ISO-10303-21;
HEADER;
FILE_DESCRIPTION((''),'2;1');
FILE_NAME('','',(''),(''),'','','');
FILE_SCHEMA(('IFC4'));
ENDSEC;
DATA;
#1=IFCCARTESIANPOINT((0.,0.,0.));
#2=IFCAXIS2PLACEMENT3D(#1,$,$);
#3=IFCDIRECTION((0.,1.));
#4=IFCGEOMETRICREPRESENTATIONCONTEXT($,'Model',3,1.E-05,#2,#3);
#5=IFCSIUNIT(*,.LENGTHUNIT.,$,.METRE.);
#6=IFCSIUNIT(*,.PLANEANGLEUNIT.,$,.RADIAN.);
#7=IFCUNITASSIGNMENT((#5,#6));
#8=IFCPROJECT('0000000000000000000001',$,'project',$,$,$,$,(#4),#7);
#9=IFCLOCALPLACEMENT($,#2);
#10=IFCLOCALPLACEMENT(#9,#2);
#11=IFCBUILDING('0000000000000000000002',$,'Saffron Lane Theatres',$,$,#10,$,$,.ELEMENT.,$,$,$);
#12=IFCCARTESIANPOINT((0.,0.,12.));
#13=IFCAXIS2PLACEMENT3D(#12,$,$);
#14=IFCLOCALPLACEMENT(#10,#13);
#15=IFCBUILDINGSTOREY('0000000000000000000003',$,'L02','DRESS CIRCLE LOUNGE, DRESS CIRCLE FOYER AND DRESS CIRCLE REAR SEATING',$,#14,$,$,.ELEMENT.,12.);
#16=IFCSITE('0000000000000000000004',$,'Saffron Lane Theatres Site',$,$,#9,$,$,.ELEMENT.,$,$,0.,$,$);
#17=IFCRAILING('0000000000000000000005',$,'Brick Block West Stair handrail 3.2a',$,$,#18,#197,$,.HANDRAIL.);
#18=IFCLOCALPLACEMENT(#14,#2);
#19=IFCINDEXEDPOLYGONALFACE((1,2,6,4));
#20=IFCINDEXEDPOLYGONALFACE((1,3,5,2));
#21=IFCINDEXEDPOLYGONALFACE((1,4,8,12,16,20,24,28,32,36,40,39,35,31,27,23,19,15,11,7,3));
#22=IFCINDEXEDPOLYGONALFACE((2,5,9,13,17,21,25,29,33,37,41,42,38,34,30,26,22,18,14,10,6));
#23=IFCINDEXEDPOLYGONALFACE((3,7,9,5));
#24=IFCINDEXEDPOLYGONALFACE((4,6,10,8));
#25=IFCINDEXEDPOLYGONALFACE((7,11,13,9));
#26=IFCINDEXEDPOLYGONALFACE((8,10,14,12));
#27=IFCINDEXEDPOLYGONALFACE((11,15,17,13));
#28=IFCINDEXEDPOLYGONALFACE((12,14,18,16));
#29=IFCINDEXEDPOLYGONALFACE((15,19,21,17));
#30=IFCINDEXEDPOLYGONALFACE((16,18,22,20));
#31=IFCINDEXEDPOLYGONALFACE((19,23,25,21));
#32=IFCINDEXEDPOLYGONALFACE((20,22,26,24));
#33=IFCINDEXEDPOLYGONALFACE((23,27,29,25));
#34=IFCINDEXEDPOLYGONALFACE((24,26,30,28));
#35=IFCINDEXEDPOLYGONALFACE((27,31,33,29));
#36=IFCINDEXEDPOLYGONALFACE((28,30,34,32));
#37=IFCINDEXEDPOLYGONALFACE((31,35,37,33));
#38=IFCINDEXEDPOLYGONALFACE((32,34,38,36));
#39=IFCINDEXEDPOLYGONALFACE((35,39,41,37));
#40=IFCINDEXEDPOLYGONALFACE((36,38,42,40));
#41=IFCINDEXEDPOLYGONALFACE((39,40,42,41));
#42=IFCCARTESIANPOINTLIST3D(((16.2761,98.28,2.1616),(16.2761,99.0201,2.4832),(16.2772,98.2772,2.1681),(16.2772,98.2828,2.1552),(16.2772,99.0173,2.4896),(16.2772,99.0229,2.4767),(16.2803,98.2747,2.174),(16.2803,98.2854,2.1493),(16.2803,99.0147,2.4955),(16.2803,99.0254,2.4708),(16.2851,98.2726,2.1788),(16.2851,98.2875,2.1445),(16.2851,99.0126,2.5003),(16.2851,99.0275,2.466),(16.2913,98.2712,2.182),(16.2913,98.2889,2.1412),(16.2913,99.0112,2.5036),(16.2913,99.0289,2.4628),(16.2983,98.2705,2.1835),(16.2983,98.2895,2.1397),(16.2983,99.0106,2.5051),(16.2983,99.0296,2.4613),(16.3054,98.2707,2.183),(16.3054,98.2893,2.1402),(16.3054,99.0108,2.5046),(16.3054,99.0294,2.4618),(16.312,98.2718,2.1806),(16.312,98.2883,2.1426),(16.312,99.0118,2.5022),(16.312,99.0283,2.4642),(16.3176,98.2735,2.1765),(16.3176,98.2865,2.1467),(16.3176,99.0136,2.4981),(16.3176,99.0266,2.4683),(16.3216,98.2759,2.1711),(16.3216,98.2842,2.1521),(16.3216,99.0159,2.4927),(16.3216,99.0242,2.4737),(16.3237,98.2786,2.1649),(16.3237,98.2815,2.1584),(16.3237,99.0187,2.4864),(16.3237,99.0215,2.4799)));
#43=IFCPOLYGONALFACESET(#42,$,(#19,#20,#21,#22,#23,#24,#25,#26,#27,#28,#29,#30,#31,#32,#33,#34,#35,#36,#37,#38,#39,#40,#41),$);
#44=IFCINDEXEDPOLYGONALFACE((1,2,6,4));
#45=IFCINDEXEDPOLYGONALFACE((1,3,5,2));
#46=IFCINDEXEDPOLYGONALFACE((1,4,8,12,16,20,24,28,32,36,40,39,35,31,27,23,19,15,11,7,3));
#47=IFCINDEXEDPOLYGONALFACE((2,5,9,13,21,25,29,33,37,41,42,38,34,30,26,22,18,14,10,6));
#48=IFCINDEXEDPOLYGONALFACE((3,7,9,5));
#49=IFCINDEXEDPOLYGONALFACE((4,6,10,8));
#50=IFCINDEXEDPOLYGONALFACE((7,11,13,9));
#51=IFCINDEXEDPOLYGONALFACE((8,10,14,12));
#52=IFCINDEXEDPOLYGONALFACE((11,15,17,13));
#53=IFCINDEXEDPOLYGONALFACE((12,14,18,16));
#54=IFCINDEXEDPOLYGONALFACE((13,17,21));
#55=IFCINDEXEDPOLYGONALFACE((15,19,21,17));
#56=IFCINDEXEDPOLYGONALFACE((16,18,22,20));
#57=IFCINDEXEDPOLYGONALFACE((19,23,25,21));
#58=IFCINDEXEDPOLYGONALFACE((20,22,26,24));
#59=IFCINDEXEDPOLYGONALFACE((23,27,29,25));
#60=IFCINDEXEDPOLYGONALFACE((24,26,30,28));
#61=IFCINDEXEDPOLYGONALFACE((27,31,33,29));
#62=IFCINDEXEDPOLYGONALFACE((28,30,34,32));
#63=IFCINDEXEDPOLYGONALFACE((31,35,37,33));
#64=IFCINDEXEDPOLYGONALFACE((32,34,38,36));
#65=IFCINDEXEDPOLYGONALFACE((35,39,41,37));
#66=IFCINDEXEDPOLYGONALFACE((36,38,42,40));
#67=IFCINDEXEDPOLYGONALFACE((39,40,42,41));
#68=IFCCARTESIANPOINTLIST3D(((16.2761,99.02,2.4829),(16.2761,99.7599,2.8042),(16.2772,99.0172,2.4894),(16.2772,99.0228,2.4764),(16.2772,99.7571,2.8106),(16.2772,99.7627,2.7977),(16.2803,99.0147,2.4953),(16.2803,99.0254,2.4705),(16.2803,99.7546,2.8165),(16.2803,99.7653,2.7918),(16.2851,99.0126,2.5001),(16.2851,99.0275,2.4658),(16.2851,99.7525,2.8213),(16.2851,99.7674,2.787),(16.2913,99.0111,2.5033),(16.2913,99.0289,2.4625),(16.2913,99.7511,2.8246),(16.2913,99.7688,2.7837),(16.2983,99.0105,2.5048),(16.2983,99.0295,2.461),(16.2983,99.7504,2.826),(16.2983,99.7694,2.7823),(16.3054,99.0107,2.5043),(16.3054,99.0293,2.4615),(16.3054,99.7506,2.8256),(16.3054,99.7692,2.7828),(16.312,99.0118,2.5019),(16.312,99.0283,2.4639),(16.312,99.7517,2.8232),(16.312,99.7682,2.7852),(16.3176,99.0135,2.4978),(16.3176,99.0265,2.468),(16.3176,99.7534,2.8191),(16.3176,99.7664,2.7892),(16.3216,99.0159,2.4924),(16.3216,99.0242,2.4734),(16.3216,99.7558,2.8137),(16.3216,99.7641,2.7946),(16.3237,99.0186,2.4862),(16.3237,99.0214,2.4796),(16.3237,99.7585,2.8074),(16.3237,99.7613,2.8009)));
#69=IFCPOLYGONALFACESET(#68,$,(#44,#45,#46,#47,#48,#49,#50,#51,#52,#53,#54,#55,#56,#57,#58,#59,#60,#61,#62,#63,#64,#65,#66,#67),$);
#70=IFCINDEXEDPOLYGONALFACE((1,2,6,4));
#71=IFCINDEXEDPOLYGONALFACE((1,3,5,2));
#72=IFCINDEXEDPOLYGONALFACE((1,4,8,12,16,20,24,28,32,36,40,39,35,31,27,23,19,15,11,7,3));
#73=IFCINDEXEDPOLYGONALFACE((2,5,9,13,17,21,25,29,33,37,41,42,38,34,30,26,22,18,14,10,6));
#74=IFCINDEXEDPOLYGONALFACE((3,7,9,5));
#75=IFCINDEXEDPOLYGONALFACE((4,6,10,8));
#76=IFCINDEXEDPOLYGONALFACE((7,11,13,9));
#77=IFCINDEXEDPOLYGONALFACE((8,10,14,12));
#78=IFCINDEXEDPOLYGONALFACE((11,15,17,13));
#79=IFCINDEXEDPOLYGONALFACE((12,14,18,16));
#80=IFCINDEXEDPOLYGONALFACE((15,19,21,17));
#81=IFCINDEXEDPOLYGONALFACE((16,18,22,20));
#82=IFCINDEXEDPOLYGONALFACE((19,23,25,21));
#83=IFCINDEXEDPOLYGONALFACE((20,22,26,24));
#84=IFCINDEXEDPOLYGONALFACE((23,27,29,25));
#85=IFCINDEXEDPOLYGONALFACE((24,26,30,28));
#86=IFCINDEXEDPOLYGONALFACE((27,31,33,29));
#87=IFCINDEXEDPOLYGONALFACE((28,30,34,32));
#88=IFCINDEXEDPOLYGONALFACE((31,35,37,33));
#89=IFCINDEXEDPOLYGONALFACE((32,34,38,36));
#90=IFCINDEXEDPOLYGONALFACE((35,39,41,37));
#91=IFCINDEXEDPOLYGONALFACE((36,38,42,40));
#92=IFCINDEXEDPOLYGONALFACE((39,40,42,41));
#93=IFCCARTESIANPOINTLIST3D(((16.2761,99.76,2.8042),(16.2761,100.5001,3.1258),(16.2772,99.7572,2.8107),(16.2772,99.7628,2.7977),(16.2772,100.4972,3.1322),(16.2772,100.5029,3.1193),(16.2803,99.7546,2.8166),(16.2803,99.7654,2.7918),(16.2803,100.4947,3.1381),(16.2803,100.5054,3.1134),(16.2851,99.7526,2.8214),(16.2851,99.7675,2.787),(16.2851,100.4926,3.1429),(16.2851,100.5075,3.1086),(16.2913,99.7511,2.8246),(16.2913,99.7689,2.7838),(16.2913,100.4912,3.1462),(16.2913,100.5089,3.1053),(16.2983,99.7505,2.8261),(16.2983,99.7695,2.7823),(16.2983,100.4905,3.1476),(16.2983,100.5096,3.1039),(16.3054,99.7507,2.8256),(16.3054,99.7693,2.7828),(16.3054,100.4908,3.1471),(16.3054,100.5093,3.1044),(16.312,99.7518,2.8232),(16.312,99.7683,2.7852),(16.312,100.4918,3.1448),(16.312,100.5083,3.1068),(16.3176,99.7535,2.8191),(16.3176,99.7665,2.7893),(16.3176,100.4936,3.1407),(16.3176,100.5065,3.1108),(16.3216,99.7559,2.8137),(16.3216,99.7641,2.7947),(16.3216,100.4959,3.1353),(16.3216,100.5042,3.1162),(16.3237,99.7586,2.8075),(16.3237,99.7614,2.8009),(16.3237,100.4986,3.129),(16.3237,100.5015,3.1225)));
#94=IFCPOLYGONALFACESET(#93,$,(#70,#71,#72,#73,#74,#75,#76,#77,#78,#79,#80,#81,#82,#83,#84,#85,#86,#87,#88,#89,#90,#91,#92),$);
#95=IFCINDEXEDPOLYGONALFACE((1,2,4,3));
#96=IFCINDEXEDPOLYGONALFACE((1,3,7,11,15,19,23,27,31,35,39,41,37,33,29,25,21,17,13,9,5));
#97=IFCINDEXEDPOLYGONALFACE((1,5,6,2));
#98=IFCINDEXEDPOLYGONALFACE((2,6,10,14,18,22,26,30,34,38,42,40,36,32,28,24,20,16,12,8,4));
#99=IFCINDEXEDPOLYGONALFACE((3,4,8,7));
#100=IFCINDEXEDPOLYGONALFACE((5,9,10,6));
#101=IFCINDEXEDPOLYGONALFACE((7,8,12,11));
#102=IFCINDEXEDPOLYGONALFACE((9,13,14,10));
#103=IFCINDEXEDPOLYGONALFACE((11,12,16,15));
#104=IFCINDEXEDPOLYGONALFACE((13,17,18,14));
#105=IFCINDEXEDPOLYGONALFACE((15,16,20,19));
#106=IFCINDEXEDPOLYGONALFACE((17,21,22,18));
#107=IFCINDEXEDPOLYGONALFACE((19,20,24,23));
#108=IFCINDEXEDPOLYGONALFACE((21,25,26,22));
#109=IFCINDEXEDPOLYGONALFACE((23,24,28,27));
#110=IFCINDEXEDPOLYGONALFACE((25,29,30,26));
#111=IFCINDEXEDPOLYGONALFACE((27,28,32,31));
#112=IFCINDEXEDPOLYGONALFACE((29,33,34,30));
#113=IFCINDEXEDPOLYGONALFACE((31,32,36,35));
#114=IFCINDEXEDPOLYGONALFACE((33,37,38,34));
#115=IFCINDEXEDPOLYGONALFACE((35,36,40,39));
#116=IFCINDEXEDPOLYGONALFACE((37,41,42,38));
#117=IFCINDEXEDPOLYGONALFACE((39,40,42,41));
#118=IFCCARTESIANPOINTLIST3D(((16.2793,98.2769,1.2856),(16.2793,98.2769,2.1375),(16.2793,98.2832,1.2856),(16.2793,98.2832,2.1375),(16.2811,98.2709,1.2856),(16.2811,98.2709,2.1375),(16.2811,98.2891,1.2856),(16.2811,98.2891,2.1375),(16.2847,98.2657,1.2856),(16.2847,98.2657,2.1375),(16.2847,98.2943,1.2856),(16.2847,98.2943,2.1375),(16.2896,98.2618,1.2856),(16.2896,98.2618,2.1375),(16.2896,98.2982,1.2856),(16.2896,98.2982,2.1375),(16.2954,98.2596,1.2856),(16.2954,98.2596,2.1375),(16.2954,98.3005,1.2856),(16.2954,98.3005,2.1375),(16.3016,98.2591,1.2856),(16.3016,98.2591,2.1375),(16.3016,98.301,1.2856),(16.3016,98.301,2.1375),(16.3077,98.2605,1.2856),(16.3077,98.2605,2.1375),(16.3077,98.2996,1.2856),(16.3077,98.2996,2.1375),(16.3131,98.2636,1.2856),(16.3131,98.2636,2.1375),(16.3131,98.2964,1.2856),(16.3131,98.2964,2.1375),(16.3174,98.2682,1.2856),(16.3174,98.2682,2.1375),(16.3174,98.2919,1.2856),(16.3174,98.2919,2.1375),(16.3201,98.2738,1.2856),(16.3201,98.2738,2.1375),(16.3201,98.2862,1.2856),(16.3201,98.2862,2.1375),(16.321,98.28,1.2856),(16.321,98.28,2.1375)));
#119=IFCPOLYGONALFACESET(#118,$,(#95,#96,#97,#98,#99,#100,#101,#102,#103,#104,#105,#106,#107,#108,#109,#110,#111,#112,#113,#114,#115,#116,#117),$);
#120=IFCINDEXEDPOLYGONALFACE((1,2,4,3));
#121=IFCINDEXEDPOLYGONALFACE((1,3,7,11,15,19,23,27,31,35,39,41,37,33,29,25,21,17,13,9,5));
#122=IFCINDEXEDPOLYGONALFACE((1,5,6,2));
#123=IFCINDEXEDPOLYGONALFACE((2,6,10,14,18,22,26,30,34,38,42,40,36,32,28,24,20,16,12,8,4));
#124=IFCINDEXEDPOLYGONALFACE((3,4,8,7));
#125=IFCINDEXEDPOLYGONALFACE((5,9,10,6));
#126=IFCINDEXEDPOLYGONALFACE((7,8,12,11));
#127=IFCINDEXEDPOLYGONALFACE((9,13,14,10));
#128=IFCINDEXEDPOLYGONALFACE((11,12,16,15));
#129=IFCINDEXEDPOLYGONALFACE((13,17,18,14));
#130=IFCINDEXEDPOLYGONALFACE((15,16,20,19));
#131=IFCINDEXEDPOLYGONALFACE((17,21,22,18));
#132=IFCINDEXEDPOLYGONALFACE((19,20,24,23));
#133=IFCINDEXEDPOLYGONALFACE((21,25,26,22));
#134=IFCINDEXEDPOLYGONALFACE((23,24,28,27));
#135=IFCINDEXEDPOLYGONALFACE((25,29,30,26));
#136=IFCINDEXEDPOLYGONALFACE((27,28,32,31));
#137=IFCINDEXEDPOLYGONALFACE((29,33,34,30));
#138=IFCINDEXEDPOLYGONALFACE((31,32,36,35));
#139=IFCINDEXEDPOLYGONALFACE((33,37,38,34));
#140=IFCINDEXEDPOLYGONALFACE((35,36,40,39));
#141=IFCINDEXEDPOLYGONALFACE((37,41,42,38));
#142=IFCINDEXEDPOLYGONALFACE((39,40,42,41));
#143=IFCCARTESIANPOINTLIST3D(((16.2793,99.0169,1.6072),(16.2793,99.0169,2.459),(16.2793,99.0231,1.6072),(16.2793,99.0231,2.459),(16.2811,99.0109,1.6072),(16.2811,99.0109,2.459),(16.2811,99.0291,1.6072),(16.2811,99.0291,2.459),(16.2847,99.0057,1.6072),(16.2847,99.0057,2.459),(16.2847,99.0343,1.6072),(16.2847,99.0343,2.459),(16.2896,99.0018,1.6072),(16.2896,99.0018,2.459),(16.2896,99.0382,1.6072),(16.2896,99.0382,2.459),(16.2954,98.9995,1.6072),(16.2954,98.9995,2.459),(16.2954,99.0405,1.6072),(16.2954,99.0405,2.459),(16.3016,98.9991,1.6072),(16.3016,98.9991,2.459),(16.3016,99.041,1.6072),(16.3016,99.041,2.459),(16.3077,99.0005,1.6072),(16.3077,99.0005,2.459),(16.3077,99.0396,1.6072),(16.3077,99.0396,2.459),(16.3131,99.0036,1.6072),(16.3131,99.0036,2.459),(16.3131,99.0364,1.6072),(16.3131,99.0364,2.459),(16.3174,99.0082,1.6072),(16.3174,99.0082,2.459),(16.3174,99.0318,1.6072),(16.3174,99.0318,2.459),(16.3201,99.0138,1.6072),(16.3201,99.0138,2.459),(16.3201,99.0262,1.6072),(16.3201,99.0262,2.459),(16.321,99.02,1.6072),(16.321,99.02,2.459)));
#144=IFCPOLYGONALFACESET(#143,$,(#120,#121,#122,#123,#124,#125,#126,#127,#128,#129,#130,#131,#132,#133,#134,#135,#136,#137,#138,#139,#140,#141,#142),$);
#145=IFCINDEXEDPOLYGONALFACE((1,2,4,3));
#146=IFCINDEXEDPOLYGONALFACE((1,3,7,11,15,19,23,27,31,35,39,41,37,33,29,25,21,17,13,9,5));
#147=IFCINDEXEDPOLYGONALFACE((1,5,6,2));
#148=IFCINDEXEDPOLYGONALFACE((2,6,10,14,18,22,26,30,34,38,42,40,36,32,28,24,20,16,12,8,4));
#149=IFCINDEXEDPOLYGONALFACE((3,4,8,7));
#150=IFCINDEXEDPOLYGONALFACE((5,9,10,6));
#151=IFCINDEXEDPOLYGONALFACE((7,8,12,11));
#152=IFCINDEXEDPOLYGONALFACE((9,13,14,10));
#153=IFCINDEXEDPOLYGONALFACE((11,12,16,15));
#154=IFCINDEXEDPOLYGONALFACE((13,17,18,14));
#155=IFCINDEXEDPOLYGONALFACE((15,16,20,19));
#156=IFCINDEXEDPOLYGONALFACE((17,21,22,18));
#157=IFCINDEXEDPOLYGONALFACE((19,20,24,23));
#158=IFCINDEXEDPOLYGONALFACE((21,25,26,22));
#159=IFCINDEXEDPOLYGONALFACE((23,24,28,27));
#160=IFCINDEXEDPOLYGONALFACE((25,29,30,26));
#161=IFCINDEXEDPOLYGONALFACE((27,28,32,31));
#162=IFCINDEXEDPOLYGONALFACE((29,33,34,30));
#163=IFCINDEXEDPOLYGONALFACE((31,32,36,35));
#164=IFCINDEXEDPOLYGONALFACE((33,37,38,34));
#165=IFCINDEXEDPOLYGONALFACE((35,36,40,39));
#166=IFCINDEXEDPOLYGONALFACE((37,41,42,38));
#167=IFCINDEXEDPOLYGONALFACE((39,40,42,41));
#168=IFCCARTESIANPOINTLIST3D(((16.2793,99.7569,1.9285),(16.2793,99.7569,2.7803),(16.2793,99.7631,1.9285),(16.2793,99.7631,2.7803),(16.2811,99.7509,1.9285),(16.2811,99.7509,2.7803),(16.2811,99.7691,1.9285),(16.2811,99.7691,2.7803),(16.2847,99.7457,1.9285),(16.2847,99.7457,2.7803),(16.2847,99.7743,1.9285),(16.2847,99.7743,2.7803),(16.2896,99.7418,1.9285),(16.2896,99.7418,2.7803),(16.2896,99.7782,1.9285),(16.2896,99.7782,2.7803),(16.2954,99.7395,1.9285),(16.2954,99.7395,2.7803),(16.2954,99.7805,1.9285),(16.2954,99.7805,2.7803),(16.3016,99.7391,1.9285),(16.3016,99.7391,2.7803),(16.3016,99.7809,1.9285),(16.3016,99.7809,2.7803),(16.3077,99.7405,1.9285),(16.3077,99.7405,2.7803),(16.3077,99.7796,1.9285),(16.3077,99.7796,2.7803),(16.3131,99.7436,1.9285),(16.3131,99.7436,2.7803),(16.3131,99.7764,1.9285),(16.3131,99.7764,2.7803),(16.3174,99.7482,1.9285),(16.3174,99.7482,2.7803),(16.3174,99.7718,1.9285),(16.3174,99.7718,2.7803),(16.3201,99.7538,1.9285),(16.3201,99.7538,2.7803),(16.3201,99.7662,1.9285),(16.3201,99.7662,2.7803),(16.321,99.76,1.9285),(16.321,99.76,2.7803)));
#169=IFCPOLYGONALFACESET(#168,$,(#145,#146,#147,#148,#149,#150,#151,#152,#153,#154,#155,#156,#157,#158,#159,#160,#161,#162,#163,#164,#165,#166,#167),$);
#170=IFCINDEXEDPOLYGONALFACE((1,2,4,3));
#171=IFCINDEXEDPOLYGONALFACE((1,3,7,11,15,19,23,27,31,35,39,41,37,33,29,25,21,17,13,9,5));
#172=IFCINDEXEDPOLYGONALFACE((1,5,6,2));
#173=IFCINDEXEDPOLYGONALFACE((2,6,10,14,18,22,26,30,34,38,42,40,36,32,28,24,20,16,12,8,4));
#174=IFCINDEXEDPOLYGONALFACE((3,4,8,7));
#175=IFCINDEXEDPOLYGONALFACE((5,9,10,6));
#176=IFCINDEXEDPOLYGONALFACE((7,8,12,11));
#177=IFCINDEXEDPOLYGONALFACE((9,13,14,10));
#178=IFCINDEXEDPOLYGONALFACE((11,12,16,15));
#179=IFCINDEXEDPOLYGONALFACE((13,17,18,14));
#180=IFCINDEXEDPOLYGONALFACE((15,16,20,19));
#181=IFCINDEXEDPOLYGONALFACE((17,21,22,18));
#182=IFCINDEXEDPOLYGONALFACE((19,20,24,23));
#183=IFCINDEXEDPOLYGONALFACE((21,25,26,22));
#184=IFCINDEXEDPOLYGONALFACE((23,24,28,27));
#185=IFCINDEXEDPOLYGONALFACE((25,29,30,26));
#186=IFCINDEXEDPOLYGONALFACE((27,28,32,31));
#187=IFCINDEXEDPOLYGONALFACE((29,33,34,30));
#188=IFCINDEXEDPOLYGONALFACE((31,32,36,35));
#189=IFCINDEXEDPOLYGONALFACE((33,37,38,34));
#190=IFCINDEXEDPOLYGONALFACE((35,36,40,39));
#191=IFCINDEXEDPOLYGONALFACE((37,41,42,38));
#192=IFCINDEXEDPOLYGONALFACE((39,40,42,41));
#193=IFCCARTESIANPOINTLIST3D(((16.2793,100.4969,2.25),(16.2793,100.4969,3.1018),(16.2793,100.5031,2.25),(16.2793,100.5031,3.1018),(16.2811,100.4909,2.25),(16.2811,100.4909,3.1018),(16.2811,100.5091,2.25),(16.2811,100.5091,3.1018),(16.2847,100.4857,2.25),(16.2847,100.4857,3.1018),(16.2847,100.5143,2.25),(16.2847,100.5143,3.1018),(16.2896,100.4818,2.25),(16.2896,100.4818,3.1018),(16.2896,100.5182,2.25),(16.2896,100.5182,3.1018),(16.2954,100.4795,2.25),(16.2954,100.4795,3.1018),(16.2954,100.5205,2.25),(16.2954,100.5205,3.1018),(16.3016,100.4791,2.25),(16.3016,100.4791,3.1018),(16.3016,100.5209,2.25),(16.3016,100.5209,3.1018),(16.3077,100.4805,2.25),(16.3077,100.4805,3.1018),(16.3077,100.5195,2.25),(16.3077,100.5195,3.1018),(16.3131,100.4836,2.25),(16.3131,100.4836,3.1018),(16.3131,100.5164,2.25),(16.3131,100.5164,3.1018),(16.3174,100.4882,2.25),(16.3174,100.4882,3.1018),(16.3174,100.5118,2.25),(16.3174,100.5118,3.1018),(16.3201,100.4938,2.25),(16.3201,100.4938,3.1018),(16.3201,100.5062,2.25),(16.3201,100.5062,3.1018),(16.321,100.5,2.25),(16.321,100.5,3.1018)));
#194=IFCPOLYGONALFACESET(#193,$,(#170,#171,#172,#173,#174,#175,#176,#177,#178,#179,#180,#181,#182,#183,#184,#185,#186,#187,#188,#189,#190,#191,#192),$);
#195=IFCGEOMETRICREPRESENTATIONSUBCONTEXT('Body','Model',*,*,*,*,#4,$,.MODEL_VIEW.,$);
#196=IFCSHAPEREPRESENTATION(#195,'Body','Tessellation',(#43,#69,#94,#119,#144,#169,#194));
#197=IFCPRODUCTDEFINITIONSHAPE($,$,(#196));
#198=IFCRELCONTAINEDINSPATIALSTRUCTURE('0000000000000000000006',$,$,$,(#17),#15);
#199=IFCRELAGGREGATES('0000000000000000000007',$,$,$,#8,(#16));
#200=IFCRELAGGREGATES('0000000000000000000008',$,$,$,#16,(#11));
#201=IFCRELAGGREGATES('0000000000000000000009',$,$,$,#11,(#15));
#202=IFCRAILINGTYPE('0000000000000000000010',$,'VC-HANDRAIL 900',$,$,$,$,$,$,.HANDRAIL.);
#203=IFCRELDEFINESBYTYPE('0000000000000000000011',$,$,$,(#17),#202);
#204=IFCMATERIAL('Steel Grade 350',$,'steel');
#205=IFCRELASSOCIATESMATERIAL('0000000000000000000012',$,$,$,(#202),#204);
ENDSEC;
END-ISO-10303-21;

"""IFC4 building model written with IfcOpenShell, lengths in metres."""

from ifc_helpers import new_model, si_unit, direction, frame, origin, origin_2d, place, context, subcontext, project, spatial, circle, extrude, material, type_object, element, save


model = new_model("IFC4")

# Units and contexts
model_context = context("Model", 3, precision=1e-05, world=origin(), true_north=direction((0.0, 1.0)))
body_context = subcontext(model_context, "Body", "Model", "MODEL_VIEW")
ifc_project = project(units=[si_unit("LENGTHUNIT", "METRE"), si_unit("PLANEANGLEUNIT", "RADIAN")], contexts=[model_context])

# Site, building, storey
site_placement = place(None, origin())
site = spatial("IfcSite", under=ifc_project, at=site_placement, Name="Saffron Lane Theatres Site", CompositionType="ELEMENT", RefElevation=0.0)
building_placement = place(site_placement, origin())
building = spatial("IfcBuilding", under=site, at=building_placement, Name="Saffron Lane Theatres", CompositionType="ELEMENT")
storey_placement = place(building_placement, frame((0.0, 0.0, 12.0)))
storey = spatial("IfcBuildingStorey", under=building, at=storey_placement, Name="L02", Description="DRESS CIRCLE LOUNGE, DRESS CIRCLE FOYER AND DRESS CIRCLE REAR SEATING", CompositionType="ELEMENT", Elevation=12.0)

# Railing
ifc_material_1 = material(Name="Steel Grade 350", Category="steel")
railing_type_1 = type_object("IfcRailingType", Name="VC-HANDRAIL 900", PredefinedType="HANDRAIL", material=ifc_material_1)
railing_1_placement = place(storey_placement, frame((16.3, 98.28, 1.2856)))
element("IfcRailing", 1, at=railing_1_placement, inside=storey, type_object=railing_type_1, Name="Brick Block West Stair handrail 3.2a", PredefinedType="HANDRAIL", context=body_context, shape_type="SweptSolid", body=[
    extrude(circle(Radius=0.0239, at=origin_2d()), frame((0.0, 0.0, 0.876), z_axis=(0.0, 0.917161, 0.398516), x_axis=(-1.0, 0.0, 0.0)), (0.0, 0.0, 1.0), 0.8069),
    extrude(circle(Radius=0.0239, at=origin_2d()), frame((0.0, 0.74, 1.1973), z_axis=(0.0, 0.917272, 0.398261), x_axis=(-1.0, 0.0, 0.0)), (0.0, 0.0, 1.0), 0.8066),
    extrude(circle(Radius=0.0239, at=origin_2d()), frame((0.0, 1.48, 1.5186), z_axis=(0.0, 0.917161, 0.398516), x_axis=(-1.0, 0.0, 0.0)), (0.0, 0.0, 1.0), 0.8069),
    extrude(circle(Radius=0.021, at=origin_2d()), origin(), (0.0, 0.0, 1.0), 0.8518),
    extrude(circle(Radius=0.021, at=origin_2d()), frame((0.0, 0.74, 0.3215)), (0.0, 0.0, 1.0), 0.8518),
    extrude(circle(Radius=0.021, at=origin_2d()), frame((0.0, 1.48, 0.6428)), (0.0, 0.0, 1.0), 0.8518),
    extrude(circle(Radius=0.021, at=origin_2d()), frame((0.0, 2.22, 0.9644)), (0.0, 0.0, 1.0), 0.8518),
])

save(model, "model.ifc")
